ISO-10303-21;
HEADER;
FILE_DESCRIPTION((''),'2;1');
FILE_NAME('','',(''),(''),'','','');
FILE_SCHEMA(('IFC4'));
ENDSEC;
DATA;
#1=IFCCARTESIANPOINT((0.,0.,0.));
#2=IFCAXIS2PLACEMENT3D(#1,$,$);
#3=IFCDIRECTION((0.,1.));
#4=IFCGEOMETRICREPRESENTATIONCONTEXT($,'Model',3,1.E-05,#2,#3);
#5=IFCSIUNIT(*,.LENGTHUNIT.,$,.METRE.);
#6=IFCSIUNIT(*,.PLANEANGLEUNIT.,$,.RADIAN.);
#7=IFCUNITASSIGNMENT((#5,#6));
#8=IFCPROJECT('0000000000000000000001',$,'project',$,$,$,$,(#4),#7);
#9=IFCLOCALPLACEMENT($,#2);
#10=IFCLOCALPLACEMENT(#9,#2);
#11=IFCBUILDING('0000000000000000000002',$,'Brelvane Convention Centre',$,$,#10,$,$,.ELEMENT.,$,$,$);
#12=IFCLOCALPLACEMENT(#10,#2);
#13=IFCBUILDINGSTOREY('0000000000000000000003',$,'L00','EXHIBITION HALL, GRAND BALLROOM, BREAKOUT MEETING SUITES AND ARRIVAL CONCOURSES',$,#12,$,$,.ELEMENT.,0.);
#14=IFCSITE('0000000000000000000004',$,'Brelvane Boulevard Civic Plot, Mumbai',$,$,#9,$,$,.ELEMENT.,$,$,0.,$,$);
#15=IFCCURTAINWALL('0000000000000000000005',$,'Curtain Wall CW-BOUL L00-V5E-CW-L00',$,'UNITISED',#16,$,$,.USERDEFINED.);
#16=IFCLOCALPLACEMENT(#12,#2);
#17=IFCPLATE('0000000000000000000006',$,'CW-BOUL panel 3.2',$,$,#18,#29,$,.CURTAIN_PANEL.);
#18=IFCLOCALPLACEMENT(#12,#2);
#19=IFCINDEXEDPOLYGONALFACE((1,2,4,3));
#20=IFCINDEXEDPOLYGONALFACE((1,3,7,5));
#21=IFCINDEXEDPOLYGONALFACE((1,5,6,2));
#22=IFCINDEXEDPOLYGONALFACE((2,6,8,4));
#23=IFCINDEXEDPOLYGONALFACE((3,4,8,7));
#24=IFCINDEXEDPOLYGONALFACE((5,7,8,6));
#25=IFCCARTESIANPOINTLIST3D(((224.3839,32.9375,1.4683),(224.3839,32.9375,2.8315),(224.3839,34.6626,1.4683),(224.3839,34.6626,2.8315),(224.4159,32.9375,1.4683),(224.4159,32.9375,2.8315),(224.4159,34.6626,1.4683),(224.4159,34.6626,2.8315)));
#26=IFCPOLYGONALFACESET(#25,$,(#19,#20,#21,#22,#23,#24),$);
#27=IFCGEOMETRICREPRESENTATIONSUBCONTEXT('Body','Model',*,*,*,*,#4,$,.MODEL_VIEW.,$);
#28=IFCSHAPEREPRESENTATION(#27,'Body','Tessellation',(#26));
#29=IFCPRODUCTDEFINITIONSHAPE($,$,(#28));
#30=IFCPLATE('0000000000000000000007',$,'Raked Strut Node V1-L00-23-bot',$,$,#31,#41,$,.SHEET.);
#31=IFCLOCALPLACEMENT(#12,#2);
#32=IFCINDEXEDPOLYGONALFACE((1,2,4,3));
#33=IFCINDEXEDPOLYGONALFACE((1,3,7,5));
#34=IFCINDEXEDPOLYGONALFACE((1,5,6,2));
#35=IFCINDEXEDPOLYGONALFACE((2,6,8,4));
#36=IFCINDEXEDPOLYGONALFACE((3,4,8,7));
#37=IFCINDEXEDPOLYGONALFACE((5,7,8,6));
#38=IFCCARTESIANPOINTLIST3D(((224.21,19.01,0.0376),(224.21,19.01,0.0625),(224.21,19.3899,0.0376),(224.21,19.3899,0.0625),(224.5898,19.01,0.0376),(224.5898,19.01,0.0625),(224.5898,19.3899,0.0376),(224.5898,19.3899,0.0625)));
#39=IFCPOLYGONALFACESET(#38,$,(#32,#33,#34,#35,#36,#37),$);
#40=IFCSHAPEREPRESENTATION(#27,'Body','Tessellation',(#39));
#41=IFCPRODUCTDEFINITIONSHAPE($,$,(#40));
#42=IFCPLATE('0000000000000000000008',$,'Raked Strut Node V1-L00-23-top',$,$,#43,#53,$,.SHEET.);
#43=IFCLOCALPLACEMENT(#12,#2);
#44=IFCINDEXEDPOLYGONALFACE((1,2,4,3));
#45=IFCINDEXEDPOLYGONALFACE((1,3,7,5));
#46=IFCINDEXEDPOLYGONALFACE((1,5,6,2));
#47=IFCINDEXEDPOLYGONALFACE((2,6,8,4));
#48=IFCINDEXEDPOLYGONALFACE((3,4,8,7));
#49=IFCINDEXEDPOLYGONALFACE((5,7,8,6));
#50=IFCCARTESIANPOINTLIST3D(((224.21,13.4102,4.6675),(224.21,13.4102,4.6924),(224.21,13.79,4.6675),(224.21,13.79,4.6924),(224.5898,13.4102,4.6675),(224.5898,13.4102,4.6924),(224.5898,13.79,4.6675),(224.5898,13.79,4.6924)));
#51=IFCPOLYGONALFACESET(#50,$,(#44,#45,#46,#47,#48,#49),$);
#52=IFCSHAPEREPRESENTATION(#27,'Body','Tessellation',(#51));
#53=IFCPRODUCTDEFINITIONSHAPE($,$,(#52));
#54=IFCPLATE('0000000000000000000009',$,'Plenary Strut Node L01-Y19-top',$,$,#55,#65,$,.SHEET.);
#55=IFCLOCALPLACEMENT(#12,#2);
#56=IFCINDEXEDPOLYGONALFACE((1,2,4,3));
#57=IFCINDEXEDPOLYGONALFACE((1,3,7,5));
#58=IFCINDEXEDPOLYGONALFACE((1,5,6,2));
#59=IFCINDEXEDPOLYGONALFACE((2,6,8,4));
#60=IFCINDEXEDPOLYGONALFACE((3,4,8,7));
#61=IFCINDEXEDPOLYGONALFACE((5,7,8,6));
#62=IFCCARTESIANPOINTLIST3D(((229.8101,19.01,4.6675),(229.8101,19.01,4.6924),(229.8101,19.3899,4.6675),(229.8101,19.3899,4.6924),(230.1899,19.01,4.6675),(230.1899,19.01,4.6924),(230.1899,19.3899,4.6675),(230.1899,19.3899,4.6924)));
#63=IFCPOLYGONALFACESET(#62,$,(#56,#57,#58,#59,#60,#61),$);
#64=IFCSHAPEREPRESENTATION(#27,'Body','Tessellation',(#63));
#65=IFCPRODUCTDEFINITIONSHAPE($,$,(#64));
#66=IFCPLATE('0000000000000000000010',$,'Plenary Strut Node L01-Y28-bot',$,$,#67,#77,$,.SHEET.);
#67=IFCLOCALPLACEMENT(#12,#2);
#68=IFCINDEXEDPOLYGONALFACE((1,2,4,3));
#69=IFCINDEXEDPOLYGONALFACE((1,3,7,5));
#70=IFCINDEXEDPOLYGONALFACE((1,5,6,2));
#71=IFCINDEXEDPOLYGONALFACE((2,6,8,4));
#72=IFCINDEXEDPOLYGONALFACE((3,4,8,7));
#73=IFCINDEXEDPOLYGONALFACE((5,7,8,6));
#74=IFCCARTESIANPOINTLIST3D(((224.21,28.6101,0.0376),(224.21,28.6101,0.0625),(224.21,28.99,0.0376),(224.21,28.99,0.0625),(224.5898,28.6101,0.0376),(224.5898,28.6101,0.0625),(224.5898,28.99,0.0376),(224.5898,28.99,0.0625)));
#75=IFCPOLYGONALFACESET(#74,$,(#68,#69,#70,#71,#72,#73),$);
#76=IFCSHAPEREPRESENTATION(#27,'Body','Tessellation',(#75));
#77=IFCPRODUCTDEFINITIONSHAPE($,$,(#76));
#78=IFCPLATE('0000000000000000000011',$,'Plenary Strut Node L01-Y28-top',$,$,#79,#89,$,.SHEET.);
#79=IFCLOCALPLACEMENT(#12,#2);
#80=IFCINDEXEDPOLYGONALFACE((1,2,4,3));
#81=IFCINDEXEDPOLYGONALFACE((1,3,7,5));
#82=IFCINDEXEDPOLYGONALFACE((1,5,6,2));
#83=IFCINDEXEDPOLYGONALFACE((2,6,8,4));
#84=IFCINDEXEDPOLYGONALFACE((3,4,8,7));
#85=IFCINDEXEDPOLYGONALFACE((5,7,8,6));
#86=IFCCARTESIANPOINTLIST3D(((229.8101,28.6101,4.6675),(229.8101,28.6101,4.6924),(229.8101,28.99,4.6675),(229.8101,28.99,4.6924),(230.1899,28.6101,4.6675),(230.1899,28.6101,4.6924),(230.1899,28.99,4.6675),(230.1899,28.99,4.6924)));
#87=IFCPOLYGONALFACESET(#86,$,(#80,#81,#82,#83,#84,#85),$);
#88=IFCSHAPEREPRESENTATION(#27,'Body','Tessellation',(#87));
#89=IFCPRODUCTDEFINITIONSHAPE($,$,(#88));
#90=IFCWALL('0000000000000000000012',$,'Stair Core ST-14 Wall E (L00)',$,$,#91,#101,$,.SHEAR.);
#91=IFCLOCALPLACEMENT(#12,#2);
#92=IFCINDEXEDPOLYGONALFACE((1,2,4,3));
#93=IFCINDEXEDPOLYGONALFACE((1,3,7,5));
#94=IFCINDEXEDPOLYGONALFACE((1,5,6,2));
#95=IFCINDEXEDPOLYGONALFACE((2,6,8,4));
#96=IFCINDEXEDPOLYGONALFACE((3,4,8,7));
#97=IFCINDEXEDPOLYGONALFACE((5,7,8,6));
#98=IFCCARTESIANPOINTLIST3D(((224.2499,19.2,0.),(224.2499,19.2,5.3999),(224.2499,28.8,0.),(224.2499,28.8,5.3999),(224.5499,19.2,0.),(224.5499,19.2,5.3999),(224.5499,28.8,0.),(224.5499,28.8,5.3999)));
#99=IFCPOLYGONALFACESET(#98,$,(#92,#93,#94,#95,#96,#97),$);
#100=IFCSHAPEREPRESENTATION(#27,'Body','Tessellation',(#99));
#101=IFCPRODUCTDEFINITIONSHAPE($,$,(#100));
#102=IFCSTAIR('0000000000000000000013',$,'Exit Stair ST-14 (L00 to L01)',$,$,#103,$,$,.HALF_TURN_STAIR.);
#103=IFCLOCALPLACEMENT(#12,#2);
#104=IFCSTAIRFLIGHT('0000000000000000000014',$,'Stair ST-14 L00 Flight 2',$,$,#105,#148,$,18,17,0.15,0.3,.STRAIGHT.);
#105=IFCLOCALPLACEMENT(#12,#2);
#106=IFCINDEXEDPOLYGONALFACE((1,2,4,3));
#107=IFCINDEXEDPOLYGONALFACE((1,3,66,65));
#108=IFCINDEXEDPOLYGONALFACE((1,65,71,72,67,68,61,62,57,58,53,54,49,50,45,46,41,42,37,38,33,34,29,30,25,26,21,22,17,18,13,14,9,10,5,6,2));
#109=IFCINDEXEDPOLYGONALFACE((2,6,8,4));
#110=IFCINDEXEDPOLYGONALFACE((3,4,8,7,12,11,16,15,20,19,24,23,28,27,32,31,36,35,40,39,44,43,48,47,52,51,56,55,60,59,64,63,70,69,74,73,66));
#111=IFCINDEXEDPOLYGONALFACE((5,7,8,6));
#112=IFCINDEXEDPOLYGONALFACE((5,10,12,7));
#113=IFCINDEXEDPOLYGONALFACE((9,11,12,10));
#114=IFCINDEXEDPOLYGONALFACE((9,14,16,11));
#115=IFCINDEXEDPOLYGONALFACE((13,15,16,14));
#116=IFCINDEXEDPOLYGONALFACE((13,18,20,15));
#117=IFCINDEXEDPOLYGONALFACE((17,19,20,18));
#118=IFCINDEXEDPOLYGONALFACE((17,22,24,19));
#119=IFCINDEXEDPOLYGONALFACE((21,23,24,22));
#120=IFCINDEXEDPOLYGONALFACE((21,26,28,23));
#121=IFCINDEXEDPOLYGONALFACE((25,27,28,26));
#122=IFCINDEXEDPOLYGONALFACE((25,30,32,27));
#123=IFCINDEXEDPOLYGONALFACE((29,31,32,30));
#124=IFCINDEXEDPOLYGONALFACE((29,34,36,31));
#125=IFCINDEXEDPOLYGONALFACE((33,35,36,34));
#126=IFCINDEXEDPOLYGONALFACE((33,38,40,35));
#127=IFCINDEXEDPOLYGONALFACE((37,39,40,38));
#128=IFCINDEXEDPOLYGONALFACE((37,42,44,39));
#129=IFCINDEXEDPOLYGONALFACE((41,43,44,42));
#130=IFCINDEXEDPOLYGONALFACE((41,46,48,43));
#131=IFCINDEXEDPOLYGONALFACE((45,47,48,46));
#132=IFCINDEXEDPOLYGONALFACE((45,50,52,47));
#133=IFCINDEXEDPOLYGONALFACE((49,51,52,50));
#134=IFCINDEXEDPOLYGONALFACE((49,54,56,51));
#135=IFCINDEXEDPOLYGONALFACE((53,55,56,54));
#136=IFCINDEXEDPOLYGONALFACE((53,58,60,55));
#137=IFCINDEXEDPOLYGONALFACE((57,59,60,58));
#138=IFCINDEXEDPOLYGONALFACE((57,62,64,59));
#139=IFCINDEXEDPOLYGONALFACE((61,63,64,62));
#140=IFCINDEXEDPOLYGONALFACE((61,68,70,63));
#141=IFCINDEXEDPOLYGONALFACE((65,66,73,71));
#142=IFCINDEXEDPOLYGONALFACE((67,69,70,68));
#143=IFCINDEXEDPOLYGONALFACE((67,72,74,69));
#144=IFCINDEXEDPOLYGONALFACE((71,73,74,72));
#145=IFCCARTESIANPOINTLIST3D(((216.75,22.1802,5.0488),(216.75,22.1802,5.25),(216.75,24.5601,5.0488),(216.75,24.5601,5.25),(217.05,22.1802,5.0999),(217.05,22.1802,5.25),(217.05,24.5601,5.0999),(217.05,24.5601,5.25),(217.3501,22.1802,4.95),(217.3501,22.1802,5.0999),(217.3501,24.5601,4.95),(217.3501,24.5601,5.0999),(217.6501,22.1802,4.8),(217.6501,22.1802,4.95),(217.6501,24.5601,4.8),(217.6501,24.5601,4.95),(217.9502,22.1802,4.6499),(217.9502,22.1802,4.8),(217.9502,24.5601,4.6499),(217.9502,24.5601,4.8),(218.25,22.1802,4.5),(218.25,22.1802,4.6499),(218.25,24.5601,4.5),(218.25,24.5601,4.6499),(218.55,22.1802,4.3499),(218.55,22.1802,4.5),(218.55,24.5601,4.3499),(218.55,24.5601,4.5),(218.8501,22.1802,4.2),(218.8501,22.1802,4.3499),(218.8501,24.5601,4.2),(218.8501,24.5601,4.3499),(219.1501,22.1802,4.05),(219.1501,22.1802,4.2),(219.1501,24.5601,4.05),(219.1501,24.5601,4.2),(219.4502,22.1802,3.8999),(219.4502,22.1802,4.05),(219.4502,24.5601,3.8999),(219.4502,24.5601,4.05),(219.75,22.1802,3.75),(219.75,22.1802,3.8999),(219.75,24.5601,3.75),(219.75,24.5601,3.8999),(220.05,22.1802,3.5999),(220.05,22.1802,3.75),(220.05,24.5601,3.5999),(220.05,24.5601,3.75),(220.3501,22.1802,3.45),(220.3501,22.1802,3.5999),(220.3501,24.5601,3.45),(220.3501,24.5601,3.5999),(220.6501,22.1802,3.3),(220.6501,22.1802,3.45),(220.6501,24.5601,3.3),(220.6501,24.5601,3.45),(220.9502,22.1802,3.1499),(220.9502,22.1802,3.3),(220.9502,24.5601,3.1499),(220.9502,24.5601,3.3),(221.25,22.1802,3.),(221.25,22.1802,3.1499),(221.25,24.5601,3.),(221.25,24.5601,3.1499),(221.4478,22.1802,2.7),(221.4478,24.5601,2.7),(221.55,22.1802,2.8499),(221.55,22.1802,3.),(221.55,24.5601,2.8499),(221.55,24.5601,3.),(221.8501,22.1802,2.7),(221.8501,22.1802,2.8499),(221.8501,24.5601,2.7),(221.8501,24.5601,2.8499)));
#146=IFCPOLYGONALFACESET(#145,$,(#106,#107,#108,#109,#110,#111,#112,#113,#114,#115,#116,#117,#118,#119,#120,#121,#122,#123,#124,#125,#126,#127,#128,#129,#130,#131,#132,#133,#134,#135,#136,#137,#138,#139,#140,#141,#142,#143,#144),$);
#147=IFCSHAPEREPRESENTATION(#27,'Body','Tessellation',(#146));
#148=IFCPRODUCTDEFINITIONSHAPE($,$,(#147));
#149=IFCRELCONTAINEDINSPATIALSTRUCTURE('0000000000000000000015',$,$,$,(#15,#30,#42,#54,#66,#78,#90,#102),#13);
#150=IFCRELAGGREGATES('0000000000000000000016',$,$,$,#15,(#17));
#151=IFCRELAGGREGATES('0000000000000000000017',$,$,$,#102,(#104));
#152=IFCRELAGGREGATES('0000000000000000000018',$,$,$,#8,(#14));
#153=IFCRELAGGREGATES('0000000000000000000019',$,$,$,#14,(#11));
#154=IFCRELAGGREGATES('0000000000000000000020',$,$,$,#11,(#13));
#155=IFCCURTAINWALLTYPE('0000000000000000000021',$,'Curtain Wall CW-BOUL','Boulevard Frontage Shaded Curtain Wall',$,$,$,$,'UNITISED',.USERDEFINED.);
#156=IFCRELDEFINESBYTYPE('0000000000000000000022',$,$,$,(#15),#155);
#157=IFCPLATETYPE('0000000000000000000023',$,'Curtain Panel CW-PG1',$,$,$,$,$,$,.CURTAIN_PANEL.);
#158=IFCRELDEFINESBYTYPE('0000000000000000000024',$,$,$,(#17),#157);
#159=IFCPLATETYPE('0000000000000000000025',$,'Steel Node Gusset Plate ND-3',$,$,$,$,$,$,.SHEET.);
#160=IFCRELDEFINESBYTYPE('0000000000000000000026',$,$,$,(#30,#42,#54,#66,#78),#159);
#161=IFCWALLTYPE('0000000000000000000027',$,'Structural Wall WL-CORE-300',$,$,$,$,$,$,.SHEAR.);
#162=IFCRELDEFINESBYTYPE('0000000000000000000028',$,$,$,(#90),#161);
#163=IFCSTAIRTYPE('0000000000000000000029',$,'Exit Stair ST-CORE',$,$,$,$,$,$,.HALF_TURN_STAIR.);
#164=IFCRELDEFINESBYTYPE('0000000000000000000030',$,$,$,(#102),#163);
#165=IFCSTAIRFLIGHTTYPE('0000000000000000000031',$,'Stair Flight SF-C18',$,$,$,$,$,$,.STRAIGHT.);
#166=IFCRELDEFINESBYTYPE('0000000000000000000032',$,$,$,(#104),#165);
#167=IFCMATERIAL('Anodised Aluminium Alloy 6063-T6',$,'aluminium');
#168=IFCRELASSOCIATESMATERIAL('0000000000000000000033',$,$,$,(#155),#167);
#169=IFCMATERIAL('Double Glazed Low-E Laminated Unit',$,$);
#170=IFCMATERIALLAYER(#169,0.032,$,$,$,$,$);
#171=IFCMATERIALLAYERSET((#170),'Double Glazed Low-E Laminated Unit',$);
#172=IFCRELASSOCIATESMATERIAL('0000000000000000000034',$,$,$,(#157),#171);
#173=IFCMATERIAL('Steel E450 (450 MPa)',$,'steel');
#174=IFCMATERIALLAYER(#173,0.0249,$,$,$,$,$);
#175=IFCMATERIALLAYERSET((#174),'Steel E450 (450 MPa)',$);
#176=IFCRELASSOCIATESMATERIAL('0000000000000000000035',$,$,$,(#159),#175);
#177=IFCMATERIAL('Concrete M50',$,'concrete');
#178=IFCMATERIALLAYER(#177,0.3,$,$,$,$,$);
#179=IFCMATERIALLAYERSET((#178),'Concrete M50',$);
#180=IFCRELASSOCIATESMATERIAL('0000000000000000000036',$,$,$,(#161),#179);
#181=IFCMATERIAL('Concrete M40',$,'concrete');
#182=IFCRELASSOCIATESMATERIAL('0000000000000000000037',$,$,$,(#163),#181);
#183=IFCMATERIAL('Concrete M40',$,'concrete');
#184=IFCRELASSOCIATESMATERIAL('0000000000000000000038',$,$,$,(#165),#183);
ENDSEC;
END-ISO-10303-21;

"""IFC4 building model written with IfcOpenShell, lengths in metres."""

from ifc_helpers import new_model, si_unit, direction, frame, frame_2d, origin, origin_2d, place, context, subcontext, project, spatial, polyline, rectangle, outline, extrude, material, layer, layer_set, type_object, element, aggregate, save


model = new_model("IFC4")

# Units and contexts
model_context = context("Model", 3, precision=1e-05, world=origin(), true_north=direction((0.0, 1.0)))
body_context = subcontext(model_context, "Body", "Model", "MODEL_VIEW")
ifc_project = project(units=[si_unit("LENGTHUNIT", "METRE"), si_unit("PLANEANGLEUNIT", "RADIAN")], contexts=[model_context])

# Site, building, storey
site_placement = place(None, origin())
site = spatial("IfcSite", under=ifc_project, at=site_placement, Name="Brelvane Boulevard Civic Plot, Mumbai", CompositionType="ELEMENT", RefElevation=0.0)
building_placement = place(site_placement, origin())
building = spatial("IfcBuilding", under=site, at=building_placement, Name="Brelvane Convention Centre", CompositionType="ELEMENT")
storey_placement = place(building_placement, origin())
storey = spatial("IfcBuildingStorey", under=building, at=storey_placement, Name="L00", Description="EXHIBITION HALL, GRAND BALLROOM, BREAKOUT MEETING SUITES AND ARRIVAL CONCOURSES", CompositionType="ELEMENT", Elevation=0.0)

# Curtain wall
ifc_material_1 = material(Name="Anodised Aluminium Alloy 6063-T6", Category="aluminium")
curtain_wall_type = type_object("IfcCurtainWallType", Name="Curtain Wall CW-BOUL", Description="Boulevard Frontage Shaded Curtain Wall", ElementType="UNITISED", PredefinedType="USERDEFINED", material=ifc_material_1)
curtain_wall_placement = place(storey_placement, origin())
curtain_wall = element("IfcCurtainWall", 1, at=curtain_wall_placement, inside=storey, type_object=curtain_wall_type, Name="Curtain Wall CW-BOUL L00-V5E-CW-L00", ObjectType="UNITISED", PredefinedType="USERDEFINED")

# Plate
ifc_material_2 = material(Name="Double Glazed Low-E Laminated Unit")
ifc_layer_1 = layer(ifc_material_2, 0.032)
ifc_layer_set_1 = layer_set([ifc_layer_1], Name="Double Glazed Low-E Laminated Unit")
plate_type_1 = type_object("IfcPlateType", Name="Curtain Panel CW-PG1", PredefinedType="CURTAIN_PANEL", material=ifc_layer_set_1)
plate_1_placement = place(storey_placement, frame((224.3999, 33.8, 1.4683), z_axis=(0.0, 0.0, 1.0), x_axis=(0.0, 1.0, 0.0)))
plate_1 = element("IfcPlate", 2, at=plate_1_placement, type_object=plate_type_1, Name="CW-BOUL panel 3.2", PredefinedType="CURTAIN_PANEL", context=body_context, shape_type="SweptSolid", body=[
    extrude(rectangle(XDim=1.7251, YDim=0.032, at=origin_2d()), origin(), (0.0, 0.0, 1.0), 1.3633),
])
aggregate(curtain_wall, [plate_1])

# Plates
ifc_material_3 = material(Name="Steel E450 (450 MPa)", Category="steel")
ifc_layer_2 = layer(ifc_material_3, 0.0249)
ifc_layer_set_2 = layer_set([ifc_layer_2], Name="Steel E450 (450 MPa)")
plate_type_2 = type_object("IfcPlateType", Name="Steel Node Gusset Plate ND-3", PredefinedType="SHEET", material=ifc_layer_set_2)
for number, where, z_axis, x_axis, name in (
    (3, (224.3999, 19.2, 0.0376), (0.0, 0.0, 1.0), (1.0, 0.0, 0.0), "Raked Strut Node V1-L00-23-bot"),
    (4, (224.3999, 13.6001, 4.6675), (0.0, 0.0, 1.0), (1.0, 0.0, 0.0), "Raked Strut Node V1-L00-23-top"),
    (5, (230.0, 19.2, 4.6675), (0.0, 0.0, 1.0), (1.0, 0.0, 0.0), "Plenary Strut Node L01-Y19-top"),
    (6, (224.3999, 28.8, 0.0376), (0.0, 0.0, 1.0), (1.0, 0.0, 0.0), "Plenary Strut Node L01-Y28-bot"),
    (7, (230.0, 28.8, 4.6675), (0.0, 0.0, 1.0), (1.0, 0.0, 0.0), "Plenary Strut Node L01-Y28-top"),
):
    element("IfcPlate", number, at=place(storey_placement, frame(where, z_axis=z_axis, x_axis=x_axis)), inside=storey, type_object=plate_type_2, Name=name, PredefinedType="SHEET", context=body_context, shape_type="SweptSolid", body=[
        extrude(rectangle(XDim=0.3799, YDim=0.3799, at=origin_2d()), origin(), (0.0, 0.0, 1.0), 0.0249),
    ])

# Wall
ifc_material_4 = material(Name="Concrete M50", Category="concrete")
ifc_layer_3 = layer(ifc_material_4, 0.3)
ifc_layer_set_3 = layer_set([ifc_layer_3], Name="Concrete M50")
wall_type = type_object("IfcWallType", Name="Structural Wall WL-CORE-300", PredefinedType="SHEAR", material=ifc_layer_set_3)
wall_placement = place(storey_placement, frame((224.3999, 19.2, 0.0), z_axis=(0.0, 0.0, 1.0), x_axis=(0.0, 1.0, 0.0)))
element("IfcWall", 8, at=wall_placement, inside=storey, type_object=wall_type, Name="Stair Core ST-14 Wall E (L00)", PredefinedType="SHEAR", context=body_context, shape_type="SweptSolid", body=[
    extrude(rectangle(XDim=9.6001, YDim=0.3, at=frame_2d((4.8, 0.0))), origin(), (0.0, 0.0, 1.0), 5.3999),
])

# Stair, stair flight
ifc_material_5 = material(Name="Concrete M40", Category="concrete")
stair_type = type_object("IfcStairType", Name="Exit Stair ST-CORE", PredefinedType="HALF_TURN_STAIR", material=ifc_material_5)
stair_placement = place(storey_placement, origin())
stair = element("IfcStair", 9, at=stair_placement, inside=storey, type_object=stair_type, Name="Exit Stair ST-14 (L00 to L01)", PredefinedType="HALF_TURN_STAIR")
ifc_material_6 = material(Name="Concrete M40", Category="concrete")
stair_flight_type = type_object("IfcStairFlightType", Name="Stair Flight SF-C18", PredefinedType="STRAIGHT", material=ifc_material_6)
stair_flight_placement = place(storey_placement, frame((221.8501, 23.3701, 2.7), z_axis=(0.0, 0.0, 1.0), x_axis=(-1.0, 0.0, 0.0)))
stair_flight = element("IfcStairFlight", 10, at=stair_flight_placement, type_object=stair_flight_type, Name="Stair ST-14 L00 Flight 2", NumberOfRisers=18, NumberOfTreads=17, PredefinedType="STRAIGHT", RiserHeight=0.15, TreadLength=0.3, context=body_context, shape_type="SweptSolid", body=[
    extrude(outline(polyline([(0.0, 0.0), (0.0, 0.1499), (0.3, 0.1499), (0.3, 0.3), (0.6001, 0.3), (0.6001, 0.45), (0.8999, 0.45), (0.8999, 0.6001), (1.2, 0.6001), (1.2, 0.75), (1.5, 0.75), (1.5, 0.8999), (1.8, 0.8999), (1.8, 1.05), (2.1001, 1.05), (2.1001, 1.2), (2.3999, 1.2), (2.3999, 1.3501), (2.7, 1.3501), (2.7, 1.5), (3.0, 1.5), (3.0, 1.6499), (3.3, 1.6499), (3.3, 1.8), (3.6001, 1.8), (3.6001, 1.95), (3.8999, 1.95), (3.8999, 2.1001), (4.2, 2.1001), (4.2, 2.25), (4.5, 2.25), (4.5, 2.3999), (4.8, 2.3999), (4.8, 2.55), (5.1001, 2.55), (5.1001, 2.7), (5.1001, 2.3489), (0.4023, 0.0), (0.0, 0.0)])), frame((0.0, 1.1899, 0.0), z_axis=(0.0, -1.0, 0.0), x_axis=(1.0, 0.0, 0.0)), (0.0, 0.0, 1.0), 2.3799),
])
aggregate(stair, [stair_flight])

save(model, "model.ifc")
